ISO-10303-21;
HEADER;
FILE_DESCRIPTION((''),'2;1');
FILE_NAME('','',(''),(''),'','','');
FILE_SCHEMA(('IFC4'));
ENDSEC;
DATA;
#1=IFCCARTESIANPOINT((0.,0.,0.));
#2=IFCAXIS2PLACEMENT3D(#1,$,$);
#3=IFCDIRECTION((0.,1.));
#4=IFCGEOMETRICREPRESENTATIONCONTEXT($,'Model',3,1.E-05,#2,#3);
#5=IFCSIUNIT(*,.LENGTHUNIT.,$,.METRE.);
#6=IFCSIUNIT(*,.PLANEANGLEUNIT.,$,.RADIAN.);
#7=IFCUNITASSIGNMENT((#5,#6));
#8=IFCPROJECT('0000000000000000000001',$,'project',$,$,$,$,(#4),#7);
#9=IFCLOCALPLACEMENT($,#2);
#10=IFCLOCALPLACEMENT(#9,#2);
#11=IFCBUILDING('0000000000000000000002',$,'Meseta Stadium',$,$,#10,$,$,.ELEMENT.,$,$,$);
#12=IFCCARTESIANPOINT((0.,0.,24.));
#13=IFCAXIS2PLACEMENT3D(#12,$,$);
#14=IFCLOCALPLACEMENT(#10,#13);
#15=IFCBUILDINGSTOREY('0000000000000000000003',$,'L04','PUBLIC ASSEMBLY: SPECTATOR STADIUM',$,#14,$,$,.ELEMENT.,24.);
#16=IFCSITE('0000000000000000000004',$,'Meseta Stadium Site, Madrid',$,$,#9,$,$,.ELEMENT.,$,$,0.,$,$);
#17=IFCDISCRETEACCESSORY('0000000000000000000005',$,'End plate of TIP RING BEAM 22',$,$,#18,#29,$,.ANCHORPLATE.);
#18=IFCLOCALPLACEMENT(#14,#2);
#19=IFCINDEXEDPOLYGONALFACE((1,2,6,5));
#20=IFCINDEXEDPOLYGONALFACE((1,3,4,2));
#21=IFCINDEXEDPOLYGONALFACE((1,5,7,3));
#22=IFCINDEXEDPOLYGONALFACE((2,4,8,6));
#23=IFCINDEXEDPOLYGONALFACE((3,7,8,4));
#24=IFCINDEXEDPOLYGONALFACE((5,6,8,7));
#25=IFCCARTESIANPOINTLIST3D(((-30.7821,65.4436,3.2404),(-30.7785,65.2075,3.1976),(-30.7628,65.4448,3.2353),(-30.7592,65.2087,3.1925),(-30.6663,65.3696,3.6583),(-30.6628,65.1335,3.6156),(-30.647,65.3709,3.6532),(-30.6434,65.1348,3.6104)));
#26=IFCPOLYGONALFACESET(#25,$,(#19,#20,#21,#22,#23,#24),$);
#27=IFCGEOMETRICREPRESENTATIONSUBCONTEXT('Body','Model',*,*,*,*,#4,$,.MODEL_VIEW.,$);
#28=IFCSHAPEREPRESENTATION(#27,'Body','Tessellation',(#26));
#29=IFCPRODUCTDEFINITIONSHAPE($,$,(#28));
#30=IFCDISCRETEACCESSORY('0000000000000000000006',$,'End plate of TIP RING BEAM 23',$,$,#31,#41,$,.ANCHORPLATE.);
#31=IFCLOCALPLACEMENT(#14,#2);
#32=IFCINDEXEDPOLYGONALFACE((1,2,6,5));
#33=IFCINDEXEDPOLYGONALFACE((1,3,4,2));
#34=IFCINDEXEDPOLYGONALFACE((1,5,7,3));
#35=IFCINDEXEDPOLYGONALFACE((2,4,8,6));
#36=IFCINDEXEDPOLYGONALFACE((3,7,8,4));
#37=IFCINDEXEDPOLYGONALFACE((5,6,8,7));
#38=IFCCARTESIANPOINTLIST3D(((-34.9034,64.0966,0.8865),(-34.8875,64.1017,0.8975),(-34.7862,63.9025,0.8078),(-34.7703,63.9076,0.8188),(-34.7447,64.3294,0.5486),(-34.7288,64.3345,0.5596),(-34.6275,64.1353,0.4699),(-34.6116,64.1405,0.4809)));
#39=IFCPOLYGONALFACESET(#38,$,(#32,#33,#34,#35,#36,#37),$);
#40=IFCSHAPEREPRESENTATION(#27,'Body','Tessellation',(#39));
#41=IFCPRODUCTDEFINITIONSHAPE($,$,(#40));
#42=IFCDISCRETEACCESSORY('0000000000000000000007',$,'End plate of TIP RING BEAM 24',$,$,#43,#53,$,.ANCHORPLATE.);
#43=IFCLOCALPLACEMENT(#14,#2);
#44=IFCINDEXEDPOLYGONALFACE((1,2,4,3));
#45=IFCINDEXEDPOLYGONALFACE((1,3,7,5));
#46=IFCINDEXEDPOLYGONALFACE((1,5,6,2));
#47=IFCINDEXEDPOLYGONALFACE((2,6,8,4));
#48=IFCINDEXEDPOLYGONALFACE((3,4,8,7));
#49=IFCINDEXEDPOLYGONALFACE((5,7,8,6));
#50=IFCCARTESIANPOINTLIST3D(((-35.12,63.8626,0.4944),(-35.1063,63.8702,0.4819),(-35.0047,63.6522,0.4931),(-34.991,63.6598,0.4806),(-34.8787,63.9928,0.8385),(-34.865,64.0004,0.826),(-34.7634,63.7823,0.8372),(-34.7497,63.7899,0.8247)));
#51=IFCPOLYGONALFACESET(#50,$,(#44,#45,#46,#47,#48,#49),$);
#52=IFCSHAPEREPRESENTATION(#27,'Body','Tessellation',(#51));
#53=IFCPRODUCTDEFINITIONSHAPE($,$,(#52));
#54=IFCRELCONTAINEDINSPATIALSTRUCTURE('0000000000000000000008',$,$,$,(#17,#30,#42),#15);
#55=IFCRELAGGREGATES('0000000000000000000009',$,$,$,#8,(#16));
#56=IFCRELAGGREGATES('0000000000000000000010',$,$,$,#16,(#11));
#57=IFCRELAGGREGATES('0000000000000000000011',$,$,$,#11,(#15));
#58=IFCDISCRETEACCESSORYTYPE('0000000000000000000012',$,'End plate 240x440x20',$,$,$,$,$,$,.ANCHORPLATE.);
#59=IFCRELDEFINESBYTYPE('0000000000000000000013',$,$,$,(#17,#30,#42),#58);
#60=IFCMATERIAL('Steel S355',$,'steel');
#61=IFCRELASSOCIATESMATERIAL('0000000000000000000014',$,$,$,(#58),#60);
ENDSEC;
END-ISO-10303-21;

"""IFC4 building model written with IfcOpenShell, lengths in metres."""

from ifc_helpers import new_model, si_unit, direction, frame, origin, origin_2d, place, context, subcontext, project, spatial, rectangle, extrude, material, material_profile, profile_set, type_object, element, save


model = new_model("IFC4")

# Units and contexts
model_context = context("Model", 3, precision=1e-05, world=origin(), true_north=direction((0.0, 1.0)))
body_context = subcontext(model_context, "Body", "Model", "MODEL_VIEW")
ifc_project = project(units=[si_unit("LENGTHUNIT", "METRE"), si_unit("PLANEANGLEUNIT", "RADIAN")], contexts=[model_context])

# Site, building, storey
site_placement = place(None, origin())
site = spatial("IfcSite", under=ifc_project, at=site_placement, Name="Meseta Stadium Site, Madrid", CompositionType="ELEMENT", RefElevation=0.0)
building_placement = place(site_placement, origin())
building = spatial("IfcBuilding", under=site, at=building_placement, Name="Meseta Stadium", CompositionType="ELEMENT")
storey_placement = place(building_placement, frame((0.0, 0.0, 24.0)))
storey = spatial("IfcBuildingStorey", under=building, at=storey_placement, Name="L04", Description="PUBLIC ASSEMBLY: SPECTATOR STADIUM", CompositionType="ELEMENT", Elevation=24.0)

# Discrete accessories
ifc_material_1 = material(Name="Steel S355", Category="steel")
ifc_material_profile_1 = material_profile(ifc_material_1, rectangle(XDim=0.24, YDim=0.4399, at=origin_2d()), Name="PL 240x440")
ifc_profile_set_1 = profile_set([ifc_material_profile_1], Name="Steel S355")
discrete_accessory_type_1 = type_object("IfcDiscreteAccessoryType", Name="End plate 240x440x20", PredefinedType="ANCHORPLATE", material=ifc_profile_set_1)
for number, where, z_axis, x_axis, name in (
    (1, (-30.7031, 65.2898, 3.4229), (-0.964635, -0.061053, 0.256422), (0.014887, -0.983873, -0.17825), "End plate of TIP RING BEAM 22"),
    (2, (-34.7495, 64.1211, 0.6892), (-0.794635, -0.256728, -0.550132), (0.488286, -0.808743, -0.327889), "End plate of TIP RING BEAM 23"),
    (3, (-34.928, 63.8301, 0.6533), (-0.684251, -0.378782, 0.623157), (0.480605, -0.876921, -0.005307), "End plate of TIP RING BEAM 24"),
):
    element("IfcDiscreteAccessory", number, at=place(storey_placement, frame(where, z_axis=z_axis, x_axis=x_axis)), inside=storey, type_object=discrete_accessory_type_1, Name=name, PredefinedType="ANCHORPLATE", context=body_context, shape_type="SweptSolid", body=[
        extrude(rectangle(XDim=0.24, YDim=0.4399, at=origin_2d()), origin(), (0.0, 0.0, 1.0), 0.02),
    ])

save(model, "model.ifc")
